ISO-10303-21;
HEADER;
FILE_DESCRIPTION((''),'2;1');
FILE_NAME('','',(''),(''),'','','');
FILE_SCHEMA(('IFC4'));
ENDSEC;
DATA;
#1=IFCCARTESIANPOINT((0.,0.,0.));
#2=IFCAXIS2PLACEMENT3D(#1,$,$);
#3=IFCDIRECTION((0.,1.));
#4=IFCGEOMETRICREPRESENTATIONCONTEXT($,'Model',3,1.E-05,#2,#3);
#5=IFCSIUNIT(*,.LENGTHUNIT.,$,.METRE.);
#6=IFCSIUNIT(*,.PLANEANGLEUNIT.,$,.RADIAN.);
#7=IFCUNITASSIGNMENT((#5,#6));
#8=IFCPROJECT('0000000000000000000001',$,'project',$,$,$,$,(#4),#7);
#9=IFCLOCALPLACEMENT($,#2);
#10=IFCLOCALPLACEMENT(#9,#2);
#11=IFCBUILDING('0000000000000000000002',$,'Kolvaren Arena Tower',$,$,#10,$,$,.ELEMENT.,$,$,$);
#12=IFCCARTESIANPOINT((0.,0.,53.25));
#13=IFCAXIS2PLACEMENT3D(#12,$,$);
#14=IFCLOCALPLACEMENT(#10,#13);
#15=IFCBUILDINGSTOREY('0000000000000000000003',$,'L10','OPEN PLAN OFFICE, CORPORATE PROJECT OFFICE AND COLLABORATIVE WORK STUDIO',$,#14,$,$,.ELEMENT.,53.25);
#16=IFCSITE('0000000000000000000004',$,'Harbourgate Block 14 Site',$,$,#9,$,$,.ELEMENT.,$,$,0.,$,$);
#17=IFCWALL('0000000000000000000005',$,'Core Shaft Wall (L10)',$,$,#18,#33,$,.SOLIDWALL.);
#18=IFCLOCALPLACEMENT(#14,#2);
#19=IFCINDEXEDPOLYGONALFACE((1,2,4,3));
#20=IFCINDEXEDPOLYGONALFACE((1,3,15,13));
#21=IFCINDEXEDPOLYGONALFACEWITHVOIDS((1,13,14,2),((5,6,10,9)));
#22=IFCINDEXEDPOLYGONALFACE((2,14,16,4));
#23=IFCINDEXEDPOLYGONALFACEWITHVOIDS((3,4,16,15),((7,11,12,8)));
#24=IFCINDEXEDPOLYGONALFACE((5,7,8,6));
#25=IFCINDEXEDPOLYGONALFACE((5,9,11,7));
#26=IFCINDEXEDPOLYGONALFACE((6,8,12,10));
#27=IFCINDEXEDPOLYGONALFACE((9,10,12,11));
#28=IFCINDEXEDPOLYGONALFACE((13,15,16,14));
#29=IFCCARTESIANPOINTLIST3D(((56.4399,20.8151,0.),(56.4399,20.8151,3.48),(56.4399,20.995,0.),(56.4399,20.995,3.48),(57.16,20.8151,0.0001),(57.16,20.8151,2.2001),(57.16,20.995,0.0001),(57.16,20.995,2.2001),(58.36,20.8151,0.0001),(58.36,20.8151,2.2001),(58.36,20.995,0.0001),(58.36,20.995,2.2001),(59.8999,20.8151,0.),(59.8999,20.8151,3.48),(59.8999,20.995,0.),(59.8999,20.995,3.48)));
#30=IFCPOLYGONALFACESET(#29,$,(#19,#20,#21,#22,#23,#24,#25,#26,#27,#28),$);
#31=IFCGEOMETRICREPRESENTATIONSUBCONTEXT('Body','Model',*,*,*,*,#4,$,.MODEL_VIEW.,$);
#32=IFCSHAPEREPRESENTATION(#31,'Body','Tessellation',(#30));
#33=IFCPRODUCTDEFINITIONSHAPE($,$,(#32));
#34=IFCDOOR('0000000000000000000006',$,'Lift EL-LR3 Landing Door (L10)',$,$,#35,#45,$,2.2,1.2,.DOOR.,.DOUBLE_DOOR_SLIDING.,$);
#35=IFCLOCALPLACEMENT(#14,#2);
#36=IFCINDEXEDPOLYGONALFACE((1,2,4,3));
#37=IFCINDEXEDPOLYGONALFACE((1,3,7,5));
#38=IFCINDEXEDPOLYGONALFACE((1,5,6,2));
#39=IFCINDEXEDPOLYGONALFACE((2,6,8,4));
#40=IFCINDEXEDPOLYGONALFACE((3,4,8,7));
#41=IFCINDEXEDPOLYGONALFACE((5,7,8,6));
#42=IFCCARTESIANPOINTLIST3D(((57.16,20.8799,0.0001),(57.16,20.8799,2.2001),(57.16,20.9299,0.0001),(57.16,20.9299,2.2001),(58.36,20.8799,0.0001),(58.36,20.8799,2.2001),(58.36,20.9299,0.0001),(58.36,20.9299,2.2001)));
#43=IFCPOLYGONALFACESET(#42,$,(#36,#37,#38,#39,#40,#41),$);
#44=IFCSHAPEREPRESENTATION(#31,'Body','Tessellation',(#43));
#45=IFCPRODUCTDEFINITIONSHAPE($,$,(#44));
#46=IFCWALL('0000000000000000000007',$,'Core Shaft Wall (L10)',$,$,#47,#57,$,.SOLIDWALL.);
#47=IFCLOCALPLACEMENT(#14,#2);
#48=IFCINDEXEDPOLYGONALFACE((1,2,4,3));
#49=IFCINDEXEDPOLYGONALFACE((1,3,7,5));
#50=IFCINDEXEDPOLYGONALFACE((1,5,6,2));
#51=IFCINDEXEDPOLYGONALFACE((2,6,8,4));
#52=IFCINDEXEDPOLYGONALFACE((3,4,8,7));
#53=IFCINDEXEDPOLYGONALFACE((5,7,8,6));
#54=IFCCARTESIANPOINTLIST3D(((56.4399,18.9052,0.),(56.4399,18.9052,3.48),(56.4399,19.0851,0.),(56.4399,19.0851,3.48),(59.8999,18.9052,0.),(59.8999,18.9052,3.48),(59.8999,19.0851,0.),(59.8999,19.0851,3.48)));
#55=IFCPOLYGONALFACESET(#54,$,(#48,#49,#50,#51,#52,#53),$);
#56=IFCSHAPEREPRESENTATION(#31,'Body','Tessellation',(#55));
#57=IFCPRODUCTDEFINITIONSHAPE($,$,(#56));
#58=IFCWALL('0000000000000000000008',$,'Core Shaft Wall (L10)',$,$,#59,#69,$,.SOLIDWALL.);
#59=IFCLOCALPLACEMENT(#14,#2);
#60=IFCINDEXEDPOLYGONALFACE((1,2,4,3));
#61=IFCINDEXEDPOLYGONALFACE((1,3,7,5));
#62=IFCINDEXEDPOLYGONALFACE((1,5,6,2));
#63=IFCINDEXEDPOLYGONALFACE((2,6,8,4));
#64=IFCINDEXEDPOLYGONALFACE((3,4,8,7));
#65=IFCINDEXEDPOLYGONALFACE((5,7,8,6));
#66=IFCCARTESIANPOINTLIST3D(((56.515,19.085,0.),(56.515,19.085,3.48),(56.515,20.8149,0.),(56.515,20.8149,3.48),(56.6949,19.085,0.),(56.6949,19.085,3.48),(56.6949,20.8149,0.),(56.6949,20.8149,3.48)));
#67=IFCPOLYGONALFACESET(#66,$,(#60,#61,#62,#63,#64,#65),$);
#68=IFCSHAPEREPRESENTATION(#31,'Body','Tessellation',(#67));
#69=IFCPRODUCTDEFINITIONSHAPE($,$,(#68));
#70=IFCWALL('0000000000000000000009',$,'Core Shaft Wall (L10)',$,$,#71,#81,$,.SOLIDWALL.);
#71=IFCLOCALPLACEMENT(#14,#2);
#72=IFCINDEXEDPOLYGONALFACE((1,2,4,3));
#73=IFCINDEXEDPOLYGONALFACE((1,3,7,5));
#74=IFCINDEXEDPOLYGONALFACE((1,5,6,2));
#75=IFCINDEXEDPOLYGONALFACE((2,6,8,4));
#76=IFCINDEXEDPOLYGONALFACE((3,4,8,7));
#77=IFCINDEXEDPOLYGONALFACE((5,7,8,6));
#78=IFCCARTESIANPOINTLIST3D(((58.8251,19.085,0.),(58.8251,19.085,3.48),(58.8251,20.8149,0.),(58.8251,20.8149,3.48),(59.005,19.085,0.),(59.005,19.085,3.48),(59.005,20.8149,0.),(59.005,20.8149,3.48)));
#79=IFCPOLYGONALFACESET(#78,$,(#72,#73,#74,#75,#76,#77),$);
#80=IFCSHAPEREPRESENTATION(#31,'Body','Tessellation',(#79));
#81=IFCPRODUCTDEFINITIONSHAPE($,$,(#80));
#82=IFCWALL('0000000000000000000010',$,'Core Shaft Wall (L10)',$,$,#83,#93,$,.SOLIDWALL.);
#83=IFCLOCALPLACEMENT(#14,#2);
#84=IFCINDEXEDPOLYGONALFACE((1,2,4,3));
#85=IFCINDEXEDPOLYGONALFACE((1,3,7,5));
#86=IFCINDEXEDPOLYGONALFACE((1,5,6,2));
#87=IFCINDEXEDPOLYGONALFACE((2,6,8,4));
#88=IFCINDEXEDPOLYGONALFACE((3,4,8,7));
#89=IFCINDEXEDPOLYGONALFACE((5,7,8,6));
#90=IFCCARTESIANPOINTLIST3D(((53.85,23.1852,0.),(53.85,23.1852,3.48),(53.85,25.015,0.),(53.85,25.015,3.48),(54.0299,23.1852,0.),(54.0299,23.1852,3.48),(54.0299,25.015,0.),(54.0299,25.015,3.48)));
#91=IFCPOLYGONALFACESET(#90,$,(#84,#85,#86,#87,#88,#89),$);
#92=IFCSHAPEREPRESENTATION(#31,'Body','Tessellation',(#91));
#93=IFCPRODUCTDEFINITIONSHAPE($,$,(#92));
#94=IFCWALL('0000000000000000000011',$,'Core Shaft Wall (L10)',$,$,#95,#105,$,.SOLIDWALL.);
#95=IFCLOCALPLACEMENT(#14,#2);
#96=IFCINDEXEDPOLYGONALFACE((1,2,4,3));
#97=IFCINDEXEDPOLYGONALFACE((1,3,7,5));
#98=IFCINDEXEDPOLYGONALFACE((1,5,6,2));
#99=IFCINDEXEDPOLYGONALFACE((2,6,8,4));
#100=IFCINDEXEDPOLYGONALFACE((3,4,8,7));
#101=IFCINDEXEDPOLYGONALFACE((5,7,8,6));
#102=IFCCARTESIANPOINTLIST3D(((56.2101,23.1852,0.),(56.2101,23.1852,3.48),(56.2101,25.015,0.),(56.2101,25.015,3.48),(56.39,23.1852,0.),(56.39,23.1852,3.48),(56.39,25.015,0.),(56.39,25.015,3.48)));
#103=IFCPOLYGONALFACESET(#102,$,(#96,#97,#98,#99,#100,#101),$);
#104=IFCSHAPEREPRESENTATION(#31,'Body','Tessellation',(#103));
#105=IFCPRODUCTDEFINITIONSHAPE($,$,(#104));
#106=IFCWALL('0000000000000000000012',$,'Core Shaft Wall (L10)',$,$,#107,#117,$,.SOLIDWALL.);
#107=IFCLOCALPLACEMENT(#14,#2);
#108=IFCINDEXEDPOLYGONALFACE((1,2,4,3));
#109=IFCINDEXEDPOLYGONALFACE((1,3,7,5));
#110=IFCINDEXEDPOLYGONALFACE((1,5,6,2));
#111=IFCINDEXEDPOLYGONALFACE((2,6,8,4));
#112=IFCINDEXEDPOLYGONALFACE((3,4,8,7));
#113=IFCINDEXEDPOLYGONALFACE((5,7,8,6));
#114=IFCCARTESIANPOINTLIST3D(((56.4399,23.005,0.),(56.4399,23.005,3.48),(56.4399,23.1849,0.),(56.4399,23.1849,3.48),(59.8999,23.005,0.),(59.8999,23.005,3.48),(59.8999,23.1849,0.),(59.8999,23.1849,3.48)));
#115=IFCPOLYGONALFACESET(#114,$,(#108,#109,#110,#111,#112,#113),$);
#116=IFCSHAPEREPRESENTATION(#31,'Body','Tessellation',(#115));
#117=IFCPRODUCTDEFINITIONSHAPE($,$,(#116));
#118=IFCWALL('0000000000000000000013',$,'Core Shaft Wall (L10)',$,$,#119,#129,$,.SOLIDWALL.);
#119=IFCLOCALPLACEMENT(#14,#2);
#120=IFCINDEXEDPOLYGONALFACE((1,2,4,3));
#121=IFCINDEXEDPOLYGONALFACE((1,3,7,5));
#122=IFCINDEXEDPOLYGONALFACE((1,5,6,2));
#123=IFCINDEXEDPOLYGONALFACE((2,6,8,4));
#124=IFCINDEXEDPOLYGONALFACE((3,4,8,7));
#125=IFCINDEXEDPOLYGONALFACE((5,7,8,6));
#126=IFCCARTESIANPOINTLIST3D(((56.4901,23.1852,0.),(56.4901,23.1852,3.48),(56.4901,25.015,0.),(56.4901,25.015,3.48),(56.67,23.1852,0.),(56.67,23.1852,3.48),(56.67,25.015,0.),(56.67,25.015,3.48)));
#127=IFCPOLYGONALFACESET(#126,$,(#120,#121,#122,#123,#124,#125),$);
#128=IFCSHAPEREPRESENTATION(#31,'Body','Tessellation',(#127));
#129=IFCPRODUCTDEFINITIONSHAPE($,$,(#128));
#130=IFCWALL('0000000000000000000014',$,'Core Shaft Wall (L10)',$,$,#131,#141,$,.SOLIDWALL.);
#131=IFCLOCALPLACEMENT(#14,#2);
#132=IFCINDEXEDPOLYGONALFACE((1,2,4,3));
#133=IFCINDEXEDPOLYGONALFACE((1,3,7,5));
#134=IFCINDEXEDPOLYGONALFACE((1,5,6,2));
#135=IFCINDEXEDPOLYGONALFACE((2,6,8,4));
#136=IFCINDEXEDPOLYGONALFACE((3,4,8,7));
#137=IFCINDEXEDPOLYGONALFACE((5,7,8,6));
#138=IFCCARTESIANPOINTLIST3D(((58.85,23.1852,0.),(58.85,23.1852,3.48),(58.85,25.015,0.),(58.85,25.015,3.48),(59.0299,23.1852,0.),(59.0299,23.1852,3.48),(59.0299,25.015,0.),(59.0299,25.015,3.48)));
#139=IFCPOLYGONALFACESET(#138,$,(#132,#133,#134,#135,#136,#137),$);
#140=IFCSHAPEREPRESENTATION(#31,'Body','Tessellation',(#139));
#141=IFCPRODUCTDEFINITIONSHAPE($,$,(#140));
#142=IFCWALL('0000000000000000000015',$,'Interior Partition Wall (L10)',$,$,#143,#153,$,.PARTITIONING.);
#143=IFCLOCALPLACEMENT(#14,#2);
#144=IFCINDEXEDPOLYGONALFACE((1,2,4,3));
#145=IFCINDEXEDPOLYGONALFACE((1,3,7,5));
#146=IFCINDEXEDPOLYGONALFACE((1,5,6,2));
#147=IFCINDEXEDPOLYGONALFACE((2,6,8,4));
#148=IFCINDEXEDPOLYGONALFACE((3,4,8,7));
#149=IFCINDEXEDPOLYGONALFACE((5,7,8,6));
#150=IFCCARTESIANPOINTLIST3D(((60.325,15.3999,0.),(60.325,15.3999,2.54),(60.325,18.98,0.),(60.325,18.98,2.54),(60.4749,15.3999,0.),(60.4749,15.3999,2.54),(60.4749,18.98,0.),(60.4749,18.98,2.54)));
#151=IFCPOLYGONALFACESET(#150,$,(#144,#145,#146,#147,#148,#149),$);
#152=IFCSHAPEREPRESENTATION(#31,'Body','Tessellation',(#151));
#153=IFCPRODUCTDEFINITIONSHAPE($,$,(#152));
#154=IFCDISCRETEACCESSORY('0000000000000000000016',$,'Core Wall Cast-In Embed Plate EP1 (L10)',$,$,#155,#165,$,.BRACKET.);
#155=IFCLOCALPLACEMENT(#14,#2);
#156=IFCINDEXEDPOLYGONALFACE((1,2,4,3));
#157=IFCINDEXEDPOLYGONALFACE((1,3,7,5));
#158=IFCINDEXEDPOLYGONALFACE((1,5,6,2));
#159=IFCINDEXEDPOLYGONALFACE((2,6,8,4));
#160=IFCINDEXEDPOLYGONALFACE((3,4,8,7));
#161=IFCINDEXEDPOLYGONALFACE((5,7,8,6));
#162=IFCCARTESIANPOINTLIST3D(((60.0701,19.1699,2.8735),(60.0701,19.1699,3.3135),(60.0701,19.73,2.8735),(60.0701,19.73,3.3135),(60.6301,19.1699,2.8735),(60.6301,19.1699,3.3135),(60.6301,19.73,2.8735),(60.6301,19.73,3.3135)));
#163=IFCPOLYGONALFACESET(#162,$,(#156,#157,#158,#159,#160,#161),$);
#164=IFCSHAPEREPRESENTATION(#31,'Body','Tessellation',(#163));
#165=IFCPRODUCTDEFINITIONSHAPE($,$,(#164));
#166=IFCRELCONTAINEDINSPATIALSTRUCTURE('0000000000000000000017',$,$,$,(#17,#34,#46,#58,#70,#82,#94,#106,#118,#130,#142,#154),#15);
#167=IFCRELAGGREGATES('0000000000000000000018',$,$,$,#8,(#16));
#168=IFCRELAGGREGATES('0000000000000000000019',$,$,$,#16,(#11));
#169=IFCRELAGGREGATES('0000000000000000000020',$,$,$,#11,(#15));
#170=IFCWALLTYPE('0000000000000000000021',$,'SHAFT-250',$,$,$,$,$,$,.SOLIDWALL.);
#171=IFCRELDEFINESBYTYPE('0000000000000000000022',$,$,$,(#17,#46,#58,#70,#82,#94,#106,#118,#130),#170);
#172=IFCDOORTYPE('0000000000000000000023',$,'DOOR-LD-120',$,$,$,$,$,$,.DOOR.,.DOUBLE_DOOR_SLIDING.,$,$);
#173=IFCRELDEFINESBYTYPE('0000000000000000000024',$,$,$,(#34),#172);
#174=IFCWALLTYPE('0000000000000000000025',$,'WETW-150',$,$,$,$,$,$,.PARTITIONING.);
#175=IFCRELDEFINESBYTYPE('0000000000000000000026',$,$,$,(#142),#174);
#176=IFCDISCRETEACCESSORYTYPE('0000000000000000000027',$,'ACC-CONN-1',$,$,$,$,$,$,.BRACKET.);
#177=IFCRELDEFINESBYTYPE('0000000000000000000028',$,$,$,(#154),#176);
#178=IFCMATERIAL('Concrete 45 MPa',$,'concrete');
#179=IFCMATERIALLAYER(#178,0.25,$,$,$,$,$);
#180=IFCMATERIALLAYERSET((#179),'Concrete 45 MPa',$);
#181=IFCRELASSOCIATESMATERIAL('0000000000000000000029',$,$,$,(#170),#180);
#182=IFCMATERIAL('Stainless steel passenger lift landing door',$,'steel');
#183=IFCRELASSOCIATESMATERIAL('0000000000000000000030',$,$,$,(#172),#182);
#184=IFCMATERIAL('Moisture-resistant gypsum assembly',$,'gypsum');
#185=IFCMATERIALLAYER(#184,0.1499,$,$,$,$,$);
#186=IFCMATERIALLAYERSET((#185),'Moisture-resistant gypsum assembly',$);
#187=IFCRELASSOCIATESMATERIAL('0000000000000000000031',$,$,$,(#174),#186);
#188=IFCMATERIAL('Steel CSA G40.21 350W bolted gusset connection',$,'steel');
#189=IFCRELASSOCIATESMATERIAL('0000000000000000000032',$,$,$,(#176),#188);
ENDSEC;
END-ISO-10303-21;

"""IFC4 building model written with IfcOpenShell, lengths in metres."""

from ifc_helpers import new_model, si_unit, direction, frame, frame_2d, origin, origin_2d, place, context, subcontext, project, spatial, rectangle, extrude, material, layer, layer_set, type_object, element, fill, save


model = new_model("IFC4")

# Units and contexts
model_context = context("Model", 3, precision=1e-05, world=origin(), true_north=direction((0.0, 1.0)))
body_context = subcontext(model_context, "Body", "Model", "MODEL_VIEW")
ifc_project = project(units=[si_unit("LENGTHUNIT", "METRE"), si_unit("PLANEANGLEUNIT", "RADIAN")], contexts=[model_context])

# Site, building, storey
site_placement = place(None, origin())
site = spatial("IfcSite", under=ifc_project, at=site_placement, Name="Harbourgate Block 14 Site", CompositionType="ELEMENT", RefElevation=0.0)
building_placement = place(site_placement, origin())
building = spatial("IfcBuilding", under=site, at=building_placement, Name="Kolvaren Arena Tower", CompositionType="ELEMENT")
storey_placement = place(building_placement, frame((0.0, 0.0, 53.25)))
storey = spatial("IfcBuildingStorey", under=building, at=storey_placement, Name="L10", Description="OPEN PLAN OFFICE, CORPORATE PROJECT OFFICE AND COLLABORATIVE WORK STUDIO", CompositionType="ELEMENT", Elevation=53.25)

# Shared definitions
ifc_material_1 = material(Name="Concrete 45 MPa", Category="concrete")
ifc_layer_1 = layer(ifc_material_1, 0.25)
ifc_layer_set_1 = layer_set([ifc_layer_1], Name="Concrete 45 MPa")
wall_type_1 = type_object("IfcWallType", Name="SHAFT-250", PredefinedType="SOLIDWALL", material=ifc_layer_set_1)
ifc_material_2 = material(Name="Stainless steel passenger lift landing door", Category="steel")
door_type = type_object("IfcDoorType", Name="DOOR-LD-120", OperationType="DOUBLE_DOOR_SLIDING", PredefinedType="DOOR", material=ifc_material_2)

# Wall, opening, door
wall_1_placement = place(storey_placement, frame((56.4399, 20.905, 0.0), z_axis=(0.0, 0.0, 1.0), x_axis=(1.0, 0.0, 0.0)))
wall_1 = element("IfcWall", 1, at=wall_1_placement, inside=storey, type_object=wall_type_1, Name="Core Shaft Wall (L10)", PredefinedType="SOLIDWALL", context=body_context, shape_type="SweptSolid", body=[
    extrude(rectangle(XDim=3.46, YDim=0.1799, at=frame_2d((1.73, 0.0))), origin(), (0.0, 0.0, 1.0), 3.48),
])
opening_1_placement = place(wall_1_placement, frame((0.72, 0.0, 0.0)))
opening_1 = element("IfcOpeningElement", 2, at=opening_1_placement, cuts=wall_1, PredefinedType="OPENING", context=body_context, shape_type="SweptSolid", body=[
    extrude(rectangle(XDim=1.2, YDim=2.2, at=frame_2d((0.6001, 1.1001))), frame((0.0, 0.0999, 0.0), z_axis=(0.0, -1.0, 0.0), x_axis=(1.0, 0.0, 0.0)), (0.0, 0.0, 1.0), 0.2),
])
door_1_placement = place(opening_1_placement, origin())
door_1 = element("IfcDoor", 3, at=door_1_placement, inside=storey, type_object=door_type, Name="Lift EL-LR3 Landing Door (L10)", OperationType="DOUBLE_DOOR_SLIDING", OverallHeight=2.2, OverallWidth=1.2, PredefinedType="DOOR", context=body_context, shape_type="SweptSolid", body=[
    extrude(rectangle(XDim=1.2, YDim=2.2, at=frame_2d((0.6001, 1.1001))), frame((0.0, 0.0249, 0.0), z_axis=(0.0, -1.0, 0.0), x_axis=(1.0, 0.0, 0.0)), (0.0, 0.0, 1.0), 0.05),
])
fill(opening_1, door_1)

# Walls
wall_2_placement = place(storey_placement, frame((56.4399, 18.9951, 0.0), z_axis=(0.0, 0.0, 1.0), x_axis=(1.0, 0.0, 0.0)))
element("IfcWall", 4, at=wall_2_placement, inside=storey, type_object=wall_type_1, Name="Core Shaft Wall (L10)", PredefinedType="SOLIDWALL", context=body_context, shape_type="SweptSolid", body=[
    extrude(rectangle(XDim=3.46, YDim=0.1799, at=frame_2d((1.73, 0.0))), origin(), (0.0, 0.0, 1.0), 3.48),
])
for number, where, z_axis, x_axis, name in (
    (5, (56.605, 19.085, 0.0), (0.0, 0.0, 1.0), (0.0, 1.0, 0.0), "Core Shaft Wall (L10)"),
    (6, (58.915, 19.085, 0.0), (0.0, 0.0, 1.0), (0.0, 1.0, 0.0), "Core Shaft Wall (L10)"),
):
    element("IfcWall", number, at=place(storey_placement, frame(where, z_axis=z_axis, x_axis=x_axis)), inside=storey, type_object=wall_type_1, Name=name, PredefinedType="SOLIDWALL", context=body_context, shape_type="SweptSolid", body=[
        extrude(rectangle(XDim=1.73, YDim=0.1799, at=frame_2d((0.865, 0.0))), origin(), (0.0, 0.0, 1.0), 3.48),
    ])
for number, where, z_axis, x_axis, name in (
    (7, (53.9399, 23.1851, 0.0), (0.0, 0.0, 1.0), (0.0, 1.0, 0.0), "Core Shaft Wall (L10)"),
    (8, (56.3, 23.1851, 0.0), (0.0, 0.0, 1.0), (0.0, 1.0, 0.0), "Core Shaft Wall (L10)"),
):
    element("IfcWall", number, at=place(storey_placement, frame(where, z_axis=z_axis, x_axis=x_axis)), inside=storey, type_object=wall_type_1, Name=name, PredefinedType="SOLIDWALL", context=body_context, shape_type="SweptSolid", body=[
        extrude(rectangle(XDim=1.8298, YDim=0.1799, at=frame_2d((0.915, 0.0))), origin(), (0.0, 0.0, 1.0), 3.48),
    ])
wall_3_placement = place(storey_placement, frame((56.4399, 23.095, 0.0), z_axis=(0.0, 0.0, 1.0), x_axis=(1.0, 0.0, 0.0)))
element("IfcWall", 9, at=wall_3_placement, inside=storey, type_object=wall_type_1, Name="Core Shaft Wall (L10)", PredefinedType="SOLIDWALL", context=body_context, shape_type="SweptSolid", body=[
    extrude(rectangle(XDim=3.46, YDim=0.1799, at=frame_2d((1.73, 0.0))), origin(), (0.0, 0.0, 1.0), 3.48),
])
for number, where, z_axis, x_axis, name in (
    (10, (56.5801, 23.1851, 0.0), (0.0, 0.0, 1.0), (0.0, 1.0, 0.0), "Core Shaft Wall (L10)"),
    (11, (58.9399, 23.1851, 0.0), (0.0, 0.0, 1.0), (0.0, 1.0, 0.0), "Core Shaft Wall (L10)"),
):
    element("IfcWall", number, at=place(storey_placement, frame(where, z_axis=z_axis, x_axis=x_axis)), inside=storey, type_object=wall_type_1, Name=name, PredefinedType="SOLIDWALL", context=body_context, shape_type="SweptSolid", body=[
        extrude(rectangle(XDim=1.8298, YDim=0.1799, at=frame_2d((0.915, 0.0))), origin(), (0.0, 0.0, 1.0), 3.48),
    ])
ifc_material_3 = material(Name="Moisture-resistant gypsum assembly", Category="gypsum")
ifc_layer_2 = layer(ifc_material_3, 0.1499)
ifc_layer_set_2 = layer_set([ifc_layer_2], Name="Moisture-resistant gypsum assembly")
wall_type_2 = type_object("IfcWallType", Name="WETW-150", PredefinedType="PARTITIONING", material=ifc_layer_set_2)
wall_4_placement = place(storey_placement, frame((60.3999, 15.3999, 0.0), z_axis=(0.0, 0.0, 1.0), x_axis=(0.0, 1.0, 0.0)))
element("IfcWall", 12, at=wall_4_placement, inside=storey, type_object=wall_type_2, Name="Interior Partition Wall (L10)", PredefinedType="PARTITIONING", context=body_context, shape_type="SweptSolid", body=[
    extrude(rectangle(XDim=3.5801, YDim=0.1499, at=frame_2d((1.79, 0.0))), origin(), (0.0, 0.0, 1.0), 2.54),
])

# Discrete accessory
ifc_material_4 = material(Name="Steel CSA G40.21 350W bolted gusset connection", Category="steel")
discrete_accessory_type = type_object("IfcDiscreteAccessoryType", Name="ACC-CONN-1", PredefinedType="BRACKET", material=ifc_material_4)
discrete_accessory_placement = place(storey_placement, frame((60.3501, 19.45, 2.8735), z_axis=(0.0, 0.0, 1.0), x_axis=(1.0, 0.0, 0.0)))
element("IfcDiscreteAccessory", 13, at=discrete_accessory_placement, inside=storey, type_object=discrete_accessory_type, Name="Core Wall Cast-In Embed Plate EP1 (L10)", PredefinedType="BRACKET", context=body_context, shape_type="SweptSolid", body=[
    extrude(rectangle(XDim=0.5601, YDim=0.5601, at=origin_2d()), origin(), (0.0, 0.0, 1.0), 0.4399),
])

save(model, "model.ifc")
